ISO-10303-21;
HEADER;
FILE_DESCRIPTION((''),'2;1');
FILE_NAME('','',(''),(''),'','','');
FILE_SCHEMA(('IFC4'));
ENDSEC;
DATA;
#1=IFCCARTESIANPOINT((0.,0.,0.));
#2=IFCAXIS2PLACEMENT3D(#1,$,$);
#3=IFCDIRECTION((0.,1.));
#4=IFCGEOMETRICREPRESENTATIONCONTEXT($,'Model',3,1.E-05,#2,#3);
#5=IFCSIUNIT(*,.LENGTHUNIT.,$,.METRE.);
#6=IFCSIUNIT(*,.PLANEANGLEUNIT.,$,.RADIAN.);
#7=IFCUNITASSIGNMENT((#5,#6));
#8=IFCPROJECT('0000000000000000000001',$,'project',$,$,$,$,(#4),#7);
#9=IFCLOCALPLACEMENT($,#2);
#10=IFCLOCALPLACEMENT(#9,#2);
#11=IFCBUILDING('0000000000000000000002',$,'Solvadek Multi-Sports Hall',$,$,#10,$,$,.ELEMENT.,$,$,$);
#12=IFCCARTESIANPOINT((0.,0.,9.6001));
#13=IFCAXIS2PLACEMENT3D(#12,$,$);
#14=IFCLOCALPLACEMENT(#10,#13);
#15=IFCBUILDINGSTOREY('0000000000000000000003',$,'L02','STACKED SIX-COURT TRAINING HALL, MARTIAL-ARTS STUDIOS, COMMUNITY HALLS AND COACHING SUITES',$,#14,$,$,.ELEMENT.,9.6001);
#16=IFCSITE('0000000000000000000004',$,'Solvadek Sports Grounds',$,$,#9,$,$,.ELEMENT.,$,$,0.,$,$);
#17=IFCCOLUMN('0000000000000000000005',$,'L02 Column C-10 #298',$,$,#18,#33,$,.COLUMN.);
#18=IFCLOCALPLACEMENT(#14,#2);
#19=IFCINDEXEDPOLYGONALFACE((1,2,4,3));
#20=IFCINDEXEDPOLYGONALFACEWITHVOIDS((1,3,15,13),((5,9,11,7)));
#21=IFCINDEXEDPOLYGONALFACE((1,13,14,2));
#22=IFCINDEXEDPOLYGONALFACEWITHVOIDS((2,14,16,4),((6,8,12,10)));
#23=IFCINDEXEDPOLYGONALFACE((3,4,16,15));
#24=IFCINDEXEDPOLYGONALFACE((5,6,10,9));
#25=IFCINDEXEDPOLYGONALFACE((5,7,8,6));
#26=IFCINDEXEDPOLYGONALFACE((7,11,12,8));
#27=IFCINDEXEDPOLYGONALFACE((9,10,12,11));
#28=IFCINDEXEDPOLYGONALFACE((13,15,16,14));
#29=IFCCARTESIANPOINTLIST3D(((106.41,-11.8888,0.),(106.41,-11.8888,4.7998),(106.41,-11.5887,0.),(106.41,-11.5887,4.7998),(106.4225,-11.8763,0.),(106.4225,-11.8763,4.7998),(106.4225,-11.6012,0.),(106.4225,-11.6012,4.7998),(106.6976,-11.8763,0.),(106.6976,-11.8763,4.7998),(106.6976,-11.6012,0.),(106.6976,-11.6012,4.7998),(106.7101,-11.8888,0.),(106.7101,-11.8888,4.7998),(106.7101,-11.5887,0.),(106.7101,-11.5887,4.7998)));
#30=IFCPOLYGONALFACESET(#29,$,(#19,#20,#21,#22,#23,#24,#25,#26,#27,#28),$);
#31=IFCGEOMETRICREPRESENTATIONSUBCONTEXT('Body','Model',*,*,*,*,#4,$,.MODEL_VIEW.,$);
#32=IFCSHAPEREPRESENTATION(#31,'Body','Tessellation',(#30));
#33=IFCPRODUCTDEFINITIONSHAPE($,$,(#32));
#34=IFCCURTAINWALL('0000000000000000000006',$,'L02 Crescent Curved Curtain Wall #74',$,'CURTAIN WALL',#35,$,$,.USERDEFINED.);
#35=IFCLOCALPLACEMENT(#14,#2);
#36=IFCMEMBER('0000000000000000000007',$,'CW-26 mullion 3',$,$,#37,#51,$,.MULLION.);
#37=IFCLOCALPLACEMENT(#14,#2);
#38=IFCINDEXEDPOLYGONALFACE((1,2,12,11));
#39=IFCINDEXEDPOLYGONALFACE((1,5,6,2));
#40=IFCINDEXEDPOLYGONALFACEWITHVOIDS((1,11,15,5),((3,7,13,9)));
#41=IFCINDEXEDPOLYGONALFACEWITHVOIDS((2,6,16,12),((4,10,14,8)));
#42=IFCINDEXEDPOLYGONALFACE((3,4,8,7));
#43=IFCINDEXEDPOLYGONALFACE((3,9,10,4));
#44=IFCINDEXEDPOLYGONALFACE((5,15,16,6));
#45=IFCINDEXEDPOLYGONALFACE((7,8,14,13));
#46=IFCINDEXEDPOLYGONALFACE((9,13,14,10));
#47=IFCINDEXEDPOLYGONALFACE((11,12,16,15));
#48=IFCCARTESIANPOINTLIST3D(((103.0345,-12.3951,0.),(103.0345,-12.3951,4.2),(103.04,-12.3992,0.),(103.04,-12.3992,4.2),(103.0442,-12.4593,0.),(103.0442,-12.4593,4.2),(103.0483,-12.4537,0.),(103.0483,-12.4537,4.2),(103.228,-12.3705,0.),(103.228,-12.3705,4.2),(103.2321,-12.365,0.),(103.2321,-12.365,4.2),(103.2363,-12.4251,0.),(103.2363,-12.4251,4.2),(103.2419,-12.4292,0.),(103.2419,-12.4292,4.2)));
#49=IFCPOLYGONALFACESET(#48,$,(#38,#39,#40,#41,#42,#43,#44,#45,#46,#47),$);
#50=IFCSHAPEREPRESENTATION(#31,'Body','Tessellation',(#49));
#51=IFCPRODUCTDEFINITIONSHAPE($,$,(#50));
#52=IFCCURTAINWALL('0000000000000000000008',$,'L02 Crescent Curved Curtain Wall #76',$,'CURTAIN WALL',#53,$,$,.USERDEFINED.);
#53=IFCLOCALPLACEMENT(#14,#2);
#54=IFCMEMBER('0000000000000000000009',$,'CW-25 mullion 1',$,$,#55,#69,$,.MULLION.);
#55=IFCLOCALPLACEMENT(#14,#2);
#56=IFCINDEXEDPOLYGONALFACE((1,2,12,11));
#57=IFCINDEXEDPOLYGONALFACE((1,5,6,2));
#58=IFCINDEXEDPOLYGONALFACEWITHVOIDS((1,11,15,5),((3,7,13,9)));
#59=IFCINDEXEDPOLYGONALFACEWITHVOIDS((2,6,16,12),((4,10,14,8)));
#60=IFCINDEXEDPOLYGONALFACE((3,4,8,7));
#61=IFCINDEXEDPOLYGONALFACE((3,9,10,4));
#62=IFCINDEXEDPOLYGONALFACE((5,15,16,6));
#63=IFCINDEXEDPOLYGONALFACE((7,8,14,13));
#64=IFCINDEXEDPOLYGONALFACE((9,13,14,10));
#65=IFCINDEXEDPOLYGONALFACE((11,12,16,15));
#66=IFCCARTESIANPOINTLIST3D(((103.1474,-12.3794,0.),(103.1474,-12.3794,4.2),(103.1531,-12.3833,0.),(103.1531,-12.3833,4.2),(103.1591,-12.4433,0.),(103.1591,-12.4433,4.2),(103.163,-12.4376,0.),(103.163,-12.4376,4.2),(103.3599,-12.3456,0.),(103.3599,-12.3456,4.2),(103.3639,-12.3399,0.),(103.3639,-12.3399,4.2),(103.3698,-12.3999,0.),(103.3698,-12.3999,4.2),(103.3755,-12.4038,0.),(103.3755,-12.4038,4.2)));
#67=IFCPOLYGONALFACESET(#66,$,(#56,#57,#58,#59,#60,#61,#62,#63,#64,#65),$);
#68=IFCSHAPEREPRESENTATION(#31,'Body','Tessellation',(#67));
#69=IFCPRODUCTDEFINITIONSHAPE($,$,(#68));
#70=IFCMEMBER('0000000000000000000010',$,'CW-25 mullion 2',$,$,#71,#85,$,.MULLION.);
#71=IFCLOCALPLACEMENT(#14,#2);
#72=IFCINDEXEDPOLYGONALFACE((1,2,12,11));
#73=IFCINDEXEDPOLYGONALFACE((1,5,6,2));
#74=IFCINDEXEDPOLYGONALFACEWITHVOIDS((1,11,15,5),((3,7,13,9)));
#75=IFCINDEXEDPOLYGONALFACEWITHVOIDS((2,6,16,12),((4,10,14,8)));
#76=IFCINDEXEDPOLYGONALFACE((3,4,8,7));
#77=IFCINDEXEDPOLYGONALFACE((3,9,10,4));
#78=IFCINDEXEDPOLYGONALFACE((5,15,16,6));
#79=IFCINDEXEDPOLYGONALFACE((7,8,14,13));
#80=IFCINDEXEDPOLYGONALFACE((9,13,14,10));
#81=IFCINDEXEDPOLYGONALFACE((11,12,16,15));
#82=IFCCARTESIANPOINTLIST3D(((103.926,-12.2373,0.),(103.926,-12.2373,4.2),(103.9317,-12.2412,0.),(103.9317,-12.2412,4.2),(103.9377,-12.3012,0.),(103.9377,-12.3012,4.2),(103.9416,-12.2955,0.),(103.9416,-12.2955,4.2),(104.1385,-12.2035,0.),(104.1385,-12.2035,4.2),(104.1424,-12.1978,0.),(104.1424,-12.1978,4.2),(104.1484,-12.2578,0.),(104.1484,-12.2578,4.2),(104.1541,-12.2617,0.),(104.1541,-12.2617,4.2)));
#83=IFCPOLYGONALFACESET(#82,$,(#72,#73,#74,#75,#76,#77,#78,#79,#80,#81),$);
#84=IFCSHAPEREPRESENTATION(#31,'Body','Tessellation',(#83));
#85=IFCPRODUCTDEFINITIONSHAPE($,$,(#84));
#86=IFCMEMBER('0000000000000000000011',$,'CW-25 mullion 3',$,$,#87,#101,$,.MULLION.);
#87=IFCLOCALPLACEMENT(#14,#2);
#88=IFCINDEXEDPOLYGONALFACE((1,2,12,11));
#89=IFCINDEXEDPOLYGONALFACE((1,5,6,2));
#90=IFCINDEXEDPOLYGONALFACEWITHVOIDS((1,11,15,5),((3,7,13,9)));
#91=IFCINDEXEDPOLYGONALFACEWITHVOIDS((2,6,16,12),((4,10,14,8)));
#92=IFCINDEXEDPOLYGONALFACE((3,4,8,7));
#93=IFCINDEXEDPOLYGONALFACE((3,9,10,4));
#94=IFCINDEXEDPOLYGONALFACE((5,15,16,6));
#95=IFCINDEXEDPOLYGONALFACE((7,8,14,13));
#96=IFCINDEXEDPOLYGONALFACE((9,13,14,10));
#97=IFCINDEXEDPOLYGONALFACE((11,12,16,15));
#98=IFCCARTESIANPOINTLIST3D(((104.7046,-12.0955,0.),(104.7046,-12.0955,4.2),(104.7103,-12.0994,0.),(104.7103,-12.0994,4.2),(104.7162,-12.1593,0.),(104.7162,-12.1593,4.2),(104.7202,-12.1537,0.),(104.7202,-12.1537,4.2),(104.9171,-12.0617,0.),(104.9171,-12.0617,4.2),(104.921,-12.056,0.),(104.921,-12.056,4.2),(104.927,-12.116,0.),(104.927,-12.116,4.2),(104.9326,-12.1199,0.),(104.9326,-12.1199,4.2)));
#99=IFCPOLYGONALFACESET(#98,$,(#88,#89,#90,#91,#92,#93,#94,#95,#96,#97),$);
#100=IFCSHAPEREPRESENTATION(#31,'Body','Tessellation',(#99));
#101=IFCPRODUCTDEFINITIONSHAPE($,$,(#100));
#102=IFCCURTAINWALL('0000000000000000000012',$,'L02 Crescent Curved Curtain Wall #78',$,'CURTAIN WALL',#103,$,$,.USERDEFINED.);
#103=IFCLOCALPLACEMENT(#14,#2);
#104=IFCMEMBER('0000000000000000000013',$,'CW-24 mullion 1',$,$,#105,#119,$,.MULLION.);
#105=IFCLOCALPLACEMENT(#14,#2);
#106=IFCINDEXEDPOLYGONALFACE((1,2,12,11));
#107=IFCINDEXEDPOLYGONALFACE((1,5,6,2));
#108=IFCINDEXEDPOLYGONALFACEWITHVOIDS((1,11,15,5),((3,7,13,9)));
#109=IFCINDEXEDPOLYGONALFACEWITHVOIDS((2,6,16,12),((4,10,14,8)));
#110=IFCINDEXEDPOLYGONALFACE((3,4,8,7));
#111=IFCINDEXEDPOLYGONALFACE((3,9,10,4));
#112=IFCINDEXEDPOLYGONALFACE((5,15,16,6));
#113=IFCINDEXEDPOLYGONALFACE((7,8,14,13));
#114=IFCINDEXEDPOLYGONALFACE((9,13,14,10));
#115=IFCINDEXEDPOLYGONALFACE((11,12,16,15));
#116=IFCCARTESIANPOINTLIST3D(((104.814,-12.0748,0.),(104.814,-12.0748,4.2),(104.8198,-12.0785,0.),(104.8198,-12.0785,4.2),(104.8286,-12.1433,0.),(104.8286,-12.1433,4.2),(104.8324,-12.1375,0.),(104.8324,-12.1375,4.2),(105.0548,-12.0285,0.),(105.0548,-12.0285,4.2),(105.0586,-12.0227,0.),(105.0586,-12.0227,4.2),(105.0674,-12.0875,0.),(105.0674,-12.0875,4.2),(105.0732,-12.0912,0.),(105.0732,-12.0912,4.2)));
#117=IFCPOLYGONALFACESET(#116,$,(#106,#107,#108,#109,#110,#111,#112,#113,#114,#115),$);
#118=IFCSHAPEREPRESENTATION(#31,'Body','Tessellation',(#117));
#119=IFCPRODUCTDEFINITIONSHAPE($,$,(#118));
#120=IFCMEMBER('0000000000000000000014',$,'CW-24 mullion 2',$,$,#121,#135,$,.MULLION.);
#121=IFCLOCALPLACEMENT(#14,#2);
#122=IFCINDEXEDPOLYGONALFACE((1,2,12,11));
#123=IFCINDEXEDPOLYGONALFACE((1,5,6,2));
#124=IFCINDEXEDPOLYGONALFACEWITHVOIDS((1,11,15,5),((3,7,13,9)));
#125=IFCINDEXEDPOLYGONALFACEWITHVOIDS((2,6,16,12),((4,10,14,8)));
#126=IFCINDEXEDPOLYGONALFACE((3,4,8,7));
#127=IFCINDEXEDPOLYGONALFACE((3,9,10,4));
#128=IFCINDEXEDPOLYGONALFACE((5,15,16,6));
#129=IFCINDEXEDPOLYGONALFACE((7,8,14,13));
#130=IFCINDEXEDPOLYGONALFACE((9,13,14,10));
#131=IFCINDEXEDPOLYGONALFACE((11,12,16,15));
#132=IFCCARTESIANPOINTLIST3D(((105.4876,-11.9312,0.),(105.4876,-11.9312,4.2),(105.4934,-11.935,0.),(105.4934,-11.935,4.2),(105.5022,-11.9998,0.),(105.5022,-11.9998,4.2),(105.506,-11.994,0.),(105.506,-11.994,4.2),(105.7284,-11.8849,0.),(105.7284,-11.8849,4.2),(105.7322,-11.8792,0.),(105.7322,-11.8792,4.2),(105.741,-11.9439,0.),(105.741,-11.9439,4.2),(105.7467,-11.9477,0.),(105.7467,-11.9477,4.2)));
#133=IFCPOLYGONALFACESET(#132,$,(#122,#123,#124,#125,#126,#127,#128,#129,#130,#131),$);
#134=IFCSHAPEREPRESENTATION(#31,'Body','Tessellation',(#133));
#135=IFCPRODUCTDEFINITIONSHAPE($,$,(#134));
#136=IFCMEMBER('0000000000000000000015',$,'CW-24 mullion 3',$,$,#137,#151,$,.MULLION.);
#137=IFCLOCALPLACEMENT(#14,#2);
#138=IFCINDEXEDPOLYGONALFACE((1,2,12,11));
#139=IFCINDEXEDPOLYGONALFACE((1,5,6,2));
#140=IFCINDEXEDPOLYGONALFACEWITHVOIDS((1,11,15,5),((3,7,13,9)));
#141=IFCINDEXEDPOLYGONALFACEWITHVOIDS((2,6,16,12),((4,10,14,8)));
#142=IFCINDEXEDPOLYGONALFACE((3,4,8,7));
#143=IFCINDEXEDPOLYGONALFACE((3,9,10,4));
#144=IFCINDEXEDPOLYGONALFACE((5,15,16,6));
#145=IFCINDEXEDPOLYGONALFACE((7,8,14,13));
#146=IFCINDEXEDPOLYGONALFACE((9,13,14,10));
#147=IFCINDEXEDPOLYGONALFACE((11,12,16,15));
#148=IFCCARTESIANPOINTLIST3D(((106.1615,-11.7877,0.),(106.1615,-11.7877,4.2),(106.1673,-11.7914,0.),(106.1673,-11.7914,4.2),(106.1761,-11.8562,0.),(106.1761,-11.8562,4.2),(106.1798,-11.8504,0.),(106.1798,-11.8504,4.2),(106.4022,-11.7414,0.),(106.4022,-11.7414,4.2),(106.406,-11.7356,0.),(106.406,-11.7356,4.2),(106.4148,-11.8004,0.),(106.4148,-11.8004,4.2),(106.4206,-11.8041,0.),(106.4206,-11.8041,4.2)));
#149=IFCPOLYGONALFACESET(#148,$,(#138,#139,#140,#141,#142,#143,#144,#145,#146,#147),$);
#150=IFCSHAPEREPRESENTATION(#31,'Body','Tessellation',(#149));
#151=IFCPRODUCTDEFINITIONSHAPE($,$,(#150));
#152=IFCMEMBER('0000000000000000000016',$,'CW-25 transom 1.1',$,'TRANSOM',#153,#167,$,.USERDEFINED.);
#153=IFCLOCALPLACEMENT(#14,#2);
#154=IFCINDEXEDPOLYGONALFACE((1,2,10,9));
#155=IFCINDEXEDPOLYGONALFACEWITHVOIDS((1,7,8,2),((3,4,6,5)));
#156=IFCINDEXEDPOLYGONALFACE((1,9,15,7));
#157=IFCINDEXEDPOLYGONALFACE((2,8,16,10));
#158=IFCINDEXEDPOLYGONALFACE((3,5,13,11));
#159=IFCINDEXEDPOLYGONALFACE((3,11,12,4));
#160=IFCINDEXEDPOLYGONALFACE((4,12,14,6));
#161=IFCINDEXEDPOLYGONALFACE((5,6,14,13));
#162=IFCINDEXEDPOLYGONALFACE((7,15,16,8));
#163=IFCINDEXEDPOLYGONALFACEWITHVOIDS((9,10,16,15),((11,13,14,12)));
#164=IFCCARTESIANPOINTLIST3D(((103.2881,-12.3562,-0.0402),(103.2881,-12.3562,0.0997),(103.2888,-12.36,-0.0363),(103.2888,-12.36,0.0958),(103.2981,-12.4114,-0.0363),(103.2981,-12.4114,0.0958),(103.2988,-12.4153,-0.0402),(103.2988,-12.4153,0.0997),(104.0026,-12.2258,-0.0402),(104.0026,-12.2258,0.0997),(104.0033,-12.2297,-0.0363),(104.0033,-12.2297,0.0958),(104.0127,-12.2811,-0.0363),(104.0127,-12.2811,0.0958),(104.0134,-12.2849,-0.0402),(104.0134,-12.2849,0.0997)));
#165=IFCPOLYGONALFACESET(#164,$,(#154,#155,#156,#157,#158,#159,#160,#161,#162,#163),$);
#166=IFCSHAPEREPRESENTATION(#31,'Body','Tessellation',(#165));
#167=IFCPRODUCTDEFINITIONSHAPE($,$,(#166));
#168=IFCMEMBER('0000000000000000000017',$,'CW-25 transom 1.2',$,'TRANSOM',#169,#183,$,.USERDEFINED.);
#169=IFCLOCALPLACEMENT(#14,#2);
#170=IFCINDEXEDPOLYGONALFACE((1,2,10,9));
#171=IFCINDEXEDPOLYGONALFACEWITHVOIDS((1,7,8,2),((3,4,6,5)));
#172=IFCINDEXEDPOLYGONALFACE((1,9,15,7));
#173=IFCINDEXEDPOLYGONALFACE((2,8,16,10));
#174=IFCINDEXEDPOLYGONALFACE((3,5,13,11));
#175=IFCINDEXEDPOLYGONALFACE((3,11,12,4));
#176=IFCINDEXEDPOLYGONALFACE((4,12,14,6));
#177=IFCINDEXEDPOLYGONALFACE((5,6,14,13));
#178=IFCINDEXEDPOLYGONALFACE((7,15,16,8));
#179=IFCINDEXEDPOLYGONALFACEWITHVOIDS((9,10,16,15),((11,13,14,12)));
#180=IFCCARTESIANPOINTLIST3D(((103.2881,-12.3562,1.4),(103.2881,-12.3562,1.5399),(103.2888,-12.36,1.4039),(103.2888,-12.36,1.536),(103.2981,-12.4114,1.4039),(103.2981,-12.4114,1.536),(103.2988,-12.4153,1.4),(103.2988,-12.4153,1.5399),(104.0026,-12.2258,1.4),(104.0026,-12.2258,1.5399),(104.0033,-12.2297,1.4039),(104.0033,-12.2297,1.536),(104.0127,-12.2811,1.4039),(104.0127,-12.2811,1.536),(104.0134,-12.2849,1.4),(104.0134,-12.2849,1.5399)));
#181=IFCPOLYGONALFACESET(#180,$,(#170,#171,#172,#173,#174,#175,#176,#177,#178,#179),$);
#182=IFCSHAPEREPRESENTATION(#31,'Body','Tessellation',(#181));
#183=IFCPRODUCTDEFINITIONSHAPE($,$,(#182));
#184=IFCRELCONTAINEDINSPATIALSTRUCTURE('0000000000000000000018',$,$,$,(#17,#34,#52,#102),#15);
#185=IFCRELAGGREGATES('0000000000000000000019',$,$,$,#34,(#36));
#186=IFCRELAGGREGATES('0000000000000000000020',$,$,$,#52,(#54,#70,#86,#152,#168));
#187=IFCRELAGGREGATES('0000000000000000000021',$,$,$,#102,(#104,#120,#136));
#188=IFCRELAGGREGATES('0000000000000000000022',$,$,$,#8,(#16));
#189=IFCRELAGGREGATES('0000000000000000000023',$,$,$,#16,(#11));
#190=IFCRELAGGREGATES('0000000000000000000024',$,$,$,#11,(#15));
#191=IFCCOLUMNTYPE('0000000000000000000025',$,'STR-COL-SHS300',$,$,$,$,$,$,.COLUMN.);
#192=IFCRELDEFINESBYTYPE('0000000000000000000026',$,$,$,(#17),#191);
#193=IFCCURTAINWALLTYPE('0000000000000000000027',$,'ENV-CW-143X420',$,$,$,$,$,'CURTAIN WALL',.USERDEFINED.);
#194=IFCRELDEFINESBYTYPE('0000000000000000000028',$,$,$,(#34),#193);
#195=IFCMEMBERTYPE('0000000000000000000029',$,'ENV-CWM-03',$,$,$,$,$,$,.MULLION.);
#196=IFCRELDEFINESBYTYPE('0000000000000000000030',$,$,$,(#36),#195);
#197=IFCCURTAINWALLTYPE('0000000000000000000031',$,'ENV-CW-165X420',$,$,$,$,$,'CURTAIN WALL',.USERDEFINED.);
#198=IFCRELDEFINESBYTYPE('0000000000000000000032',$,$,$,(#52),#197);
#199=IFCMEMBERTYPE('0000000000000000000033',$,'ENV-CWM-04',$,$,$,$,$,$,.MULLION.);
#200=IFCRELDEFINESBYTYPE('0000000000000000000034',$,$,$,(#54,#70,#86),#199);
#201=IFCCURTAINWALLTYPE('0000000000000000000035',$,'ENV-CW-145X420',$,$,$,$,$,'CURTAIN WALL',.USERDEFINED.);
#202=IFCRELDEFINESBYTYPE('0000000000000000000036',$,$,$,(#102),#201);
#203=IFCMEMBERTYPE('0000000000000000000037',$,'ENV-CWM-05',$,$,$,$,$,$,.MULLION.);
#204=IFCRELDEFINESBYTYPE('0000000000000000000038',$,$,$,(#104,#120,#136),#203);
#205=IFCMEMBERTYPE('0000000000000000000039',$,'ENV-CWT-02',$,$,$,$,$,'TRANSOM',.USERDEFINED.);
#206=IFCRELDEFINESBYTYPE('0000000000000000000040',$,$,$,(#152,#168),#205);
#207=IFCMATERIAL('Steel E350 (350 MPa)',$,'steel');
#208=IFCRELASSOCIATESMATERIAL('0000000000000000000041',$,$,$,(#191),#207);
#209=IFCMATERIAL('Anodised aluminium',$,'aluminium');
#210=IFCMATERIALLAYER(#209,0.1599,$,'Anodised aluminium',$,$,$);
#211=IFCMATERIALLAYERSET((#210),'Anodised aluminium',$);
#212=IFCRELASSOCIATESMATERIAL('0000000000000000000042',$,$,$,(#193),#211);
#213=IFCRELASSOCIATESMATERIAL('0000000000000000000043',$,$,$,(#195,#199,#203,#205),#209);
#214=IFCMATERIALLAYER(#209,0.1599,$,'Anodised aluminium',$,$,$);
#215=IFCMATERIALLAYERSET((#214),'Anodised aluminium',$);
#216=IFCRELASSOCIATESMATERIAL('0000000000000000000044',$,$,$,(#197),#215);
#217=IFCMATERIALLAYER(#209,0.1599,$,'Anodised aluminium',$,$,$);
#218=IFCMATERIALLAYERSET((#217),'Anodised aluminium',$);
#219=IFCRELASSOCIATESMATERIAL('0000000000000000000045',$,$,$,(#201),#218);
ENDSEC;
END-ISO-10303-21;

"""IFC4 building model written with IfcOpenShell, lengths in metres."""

from ifc_helpers import new_model, si_unit, direction, frame, origin, origin_2d, place, context, subcontext, project, spatial, hollow_rectangle, extrude, material, layer, layer_set, material_profile, profile_set, type_object, element, aggregate, save


model = new_model("IFC4")

# Units and contexts
model_context = context("Model", 3, precision=1e-05, world=origin(), true_north=direction((0.0, 1.0)))
body_context = subcontext(model_context, "Body", "Model", "MODEL_VIEW")
ifc_project = project(units=[si_unit("LENGTHUNIT", "METRE"), si_unit("PLANEANGLEUNIT", "RADIAN")], contexts=[model_context])

# Site, building, storey
site_placement = place(None, origin())
site = spatial("IfcSite", under=ifc_project, at=site_placement, Name="Solvadek Sports Grounds", CompositionType="ELEMENT", RefElevation=0.0)
building_placement = place(site_placement, origin())
building = spatial("IfcBuilding", under=site, at=building_placement, Name="Solvadek Multi-Sports Hall", CompositionType="ELEMENT")
storey_placement = place(building_placement, frame((0.0, 0.0, 9.6001)))
storey = spatial("IfcBuildingStorey", under=building, at=storey_placement, Name="L02", Description="STACKED SIX-COURT TRAINING HALL, MARTIAL-ARTS STUDIOS, COMMUNITY HALLS AND COACHING SUITES", CompositionType="ELEMENT", Elevation=9.6001)

# Column
ifc_material_1 = material(Name="Steel E350 (350 MPa)", Category="steel")
ifc_material_profile_1 = material_profile(ifc_material_1, hollow_rectangle(XDim=0.3, YDim=0.3, WallThickness=0.0125, at=origin_2d()), Name="SHS 300x300x12.5")
ifc_profile_set_1 = profile_set([ifc_material_profile_1], Name="Steel E350 (350 MPa)")
column_type = type_object("IfcColumnType", Name="STR-COL-SHS300", PredefinedType="COLUMN", material=ifc_profile_set_1)
column_placement = place(storey_placement, frame((106.5601, -11.7388, 0.0), z_axis=(0.0, 0.0, 1.0), x_axis=(1.0, 0.0, 0.0)))
element("IfcColumn", 1, at=column_placement, inside=storey, type_object=column_type, Name="L02 Column C-10 #298", PredefinedType="COLUMN", context=body_context, shape_type="SweptSolid", body=[
    extrude(hollow_rectangle(XDim=0.3, YDim=0.3, WallThickness=0.0125, at=origin_2d()), origin(), (0.0, 0.0, 1.0), 4.7998),
])

# Curtain wall, member
ifc_material_2 = material(Name="Anodised aluminium", Category="aluminium")
ifc_layer_1 = layer(ifc_material_2, 0.1599, Name="Anodised aluminium")
ifc_layer_set_1 = layer_set([ifc_layer_1], Name="Anodised aluminium")
curtain_wall_type_1 = type_object("IfcCurtainWallType", Name="ENV-CW-143X420", ElementType="CURTAIN WALL", PredefinedType="USERDEFINED", material=ifc_layer_set_1)
curtain_wall_1_placement = place(storey_placement, origin())
curtain_wall_1 = element("IfcCurtainWall", 2, at=curtain_wall_1_placement, inside=storey, type_object=curtain_wall_type_1, Name="L02 Crescent Curved Curtain Wall #74", ObjectType="CURTAIN WALL", PredefinedType="USERDEFINED")
ifc_material_profile_2 = material_profile(ifc_material_2, hollow_rectangle(XDim=0.0649, YDim=0.2, WallThickness=0.0049, at=origin_2d()), Name="ALU-M 200x65x5")
ifc_profile_set_2 = profile_set([ifc_material_profile_2], Name="Anodised aluminium")
member_type_1 = type_object("IfcMemberType", Name="ENV-CWM-03", PredefinedType="MULLION", material=ifc_profile_set_2)
member_1_placement = place(storey_placement, frame((103.1382, -12.4121, 0.0), z_axis=(0.0, 0.0, 1.0), x_axis=(-0.150564, 0.9886, 0.0)))
member_1 = element("IfcMember", 3, at=member_1_placement, type_object=member_type_1, Name="CW-26 mullion 3", PredefinedType="MULLION", context=body_context, shape_type="SweptSolid", body=[
    extrude(hollow_rectangle(XDim=0.0649, YDim=0.2, WallThickness=0.0049, at=origin_2d()), origin(), (0.0, 0.0, 1.0), 4.2),
])
aggregate(curtain_wall_1, [member_1])

# Curtain walls, members
ifc_layer_2 = layer(ifc_material_2, 0.1599, Name="Anodised aluminium")
ifc_layer_set_2 = layer_set([ifc_layer_2], Name="Anodised aluminium")
curtain_wall_type_2 = type_object("IfcCurtainWallType", Name="ENV-CW-165X420", ElementType="CURTAIN WALL", PredefinedType="USERDEFINED", material=ifc_layer_set_2)
curtain_wall_2_placement = place(storey_placement, origin())
curtain_wall_2 = element("IfcCurtainWall", 4, at=curtain_wall_2_placement, inside=storey, type_object=curtain_wall_type_2, Name="L02 Crescent Curved Curtain Wall #76", ObjectType="CURTAIN WALL", PredefinedType="USERDEFINED")
ifc_material_profile_3 = material_profile(ifc_material_2, hollow_rectangle(XDim=0.0649, YDim=0.22, WallThickness=0.0049, at=origin_2d()), Name="ALU-M 220x65x5")
ifc_profile_set_3 = profile_set([ifc_material_profile_3], Name="Anodised aluminium")
member_type_2 = type_object("IfcMemberType", Name="ENV-CWM-04", PredefinedType="MULLION", material=ifc_profile_set_3)
member_2_placement = place(storey_placement, frame((103.2615, -12.3916, 0.0), z_axis=(0.0, 0.0, 1.0), x_axis=(-0.179398, 0.983777, 0.0)))
member_2 = element("IfcMember", 5, at=member_2_placement, type_object=member_type_2, Name="CW-25 mullion 1", PredefinedType="MULLION", context=body_context, shape_type="SweptSolid", body=[
    extrude(hollow_rectangle(XDim=0.0649, YDim=0.22, WallThickness=0.0049, at=origin_2d()), origin(), (0.0, 0.0, 1.0), 4.2),
])
member_3_placement = place(storey_placement, frame((104.04, -12.2495, 0.0), z_axis=(0.0, 0.0, 1.0), x_axis=(-0.179398, 0.983777, 0.0)))
member_3 = element("IfcMember", 6, at=member_3_placement, type_object=member_type_2, Name="CW-25 mullion 2", PredefinedType="MULLION", context=body_context, shape_type="SweptSolid", body=[
    extrude(hollow_rectangle(XDim=0.0649, YDim=0.22, WallThickness=0.0049, at=origin_2d()), origin(), (0.0, 0.0, 1.0), 4.2),
])
member_4_placement = place(storey_placement, frame((104.8186, -12.1077, 0.0), z_axis=(0.0, 0.0, 1.0), x_axis=(-0.179398, 0.983777, 0.0)))
member_4 = element("IfcMember", 7, at=member_4_placement, type_object=member_type_2, Name="CW-25 mullion 3", PredefinedType="MULLION", context=body_context, shape_type="SweptSolid", body=[
    extrude(hollow_rectangle(XDim=0.0649, YDim=0.22, WallThickness=0.0049, at=origin_2d()), origin(), (0.0, 0.0, 1.0), 4.2),
])
ifc_layer_3 = layer(ifc_material_2, 0.1599, Name="Anodised aluminium")
ifc_layer_set_3 = layer_set([ifc_layer_3], Name="Anodised aluminium")
curtain_wall_type_3 = type_object("IfcCurtainWallType", Name="ENV-CW-145X420", ElementType="CURTAIN WALL", PredefinedType="USERDEFINED", material=ifc_layer_set_3)
curtain_wall_3_placement = place(storey_placement, origin())
curtain_wall_3 = element("IfcCurtainWall", 8, at=curtain_wall_3_placement, inside=storey, type_object=curtain_wall_type_3, Name="L02 Crescent Curved Curtain Wall #78", ObjectType="CURTAIN WALL", PredefinedType="USERDEFINED")
ifc_material_profile_4 = material_profile(ifc_material_2, hollow_rectangle(XDim=0.0701, YDim=0.25, WallThickness=0.0049, at=origin_2d()), Name="ALU-M 250x70x5")
ifc_profile_set_4 = profile_set([ifc_material_profile_4], Name="Anodised aluminium")
member_type_3 = type_object("IfcMemberType", Name="ENV-CWM-05", PredefinedType="MULLION", material=ifc_profile_set_4)
member_5_placement = place(storey_placement, frame((104.9436, -12.083, 0.0), z_axis=(0.0, 0.0, 1.0), x_axis=(-0.208255, 0.978075, 0.0)))
member_5 = element("IfcMember", 9, at=member_5_placement, type_object=member_type_3, Name="CW-24 mullion 1", PredefinedType="MULLION", context=body_context, shape_type="SweptSolid", body=[
    extrude(hollow_rectangle(XDim=0.0701, YDim=0.25, WallThickness=0.0049, at=origin_2d()), origin(), (0.0, 0.0, 1.0), 4.2),
])
member_6_placement = place(storey_placement, frame((105.6172, -11.9395, 0.0), z_axis=(0.0, 0.0, 1.0), x_axis=(-0.208255, 0.978075, 0.0)))
member_6 = element("IfcMember", 10, at=member_6_placement, type_object=member_type_3, Name="CW-24 mullion 2", PredefinedType="MULLION", context=body_context, shape_type="SweptSolid", body=[
    extrude(hollow_rectangle(XDim=0.0701, YDim=0.25, WallThickness=0.0049, at=origin_2d()), origin(), (0.0, 0.0, 1.0), 4.2),
])
member_7_placement = place(storey_placement, frame((106.291, -11.7959, 0.0), z_axis=(0.0, 0.0, 1.0), x_axis=(-0.208255, 0.978075, 0.0)))
member_7 = element("IfcMember", 11, at=member_7_placement, type_object=member_type_3, Name="CW-24 mullion 3", PredefinedType="MULLION", context=body_context, shape_type="SweptSolid", body=[
    extrude(hollow_rectangle(XDim=0.0701, YDim=0.25, WallThickness=0.0049, at=origin_2d()), origin(), (0.0, 0.0, 1.0), 4.2),
])

# Members
ifc_material_profile_5 = material_profile(ifc_material_2, hollow_rectangle(XDim=0.0601, YDim=0.1399, WallThickness=0.0039, at=origin_2d()), Name="ALU-T 140x60x4")
ifc_profile_set_5 = profile_set([ifc_material_profile_5], Name="Anodised aluminium")
member_type_4 = type_object("IfcMemberType", Name="ENV-CWT-02", ElementType="TRANSOM", PredefinedType="USERDEFINED", material=ifc_profile_set_5)
member_8_placement = place(storey_placement, frame((103.2935, -12.3857, 0.0298), z_axis=(0.983762, 0.179477, 0.0), x_axis=(-0.179477, 0.983762, 0.0)))
member_8 = element("IfcMember", 12, at=member_8_placement, type_object=member_type_4, Name="CW-25 transom 1.1", ObjectType="TRANSOM", PredefinedType="USERDEFINED", context=body_context, shape_type="SweptSolid", body=[
    extrude(hollow_rectangle(XDim=0.0601, YDim=0.1399, WallThickness=0.0039, at=origin_2d()), origin(), (0.0, 0.0, 1.0), 0.7263),
])
member_9_placement = place(storey_placement, frame((103.2935, -12.3857, 1.47), z_axis=(0.983762, 0.179477, 0.0), x_axis=(-0.179477, 0.983762, 0.0)))
member_9 = element("IfcMember", 13, at=member_9_placement, type_object=member_type_4, Name="CW-25 transom 1.2", ObjectType="TRANSOM", PredefinedType="USERDEFINED", context=body_context, shape_type="SweptSolid", body=[
    extrude(hollow_rectangle(XDim=0.0601, YDim=0.1399, WallThickness=0.0039, at=origin_2d()), origin(), (0.0, 0.0, 1.0), 0.7263),
])

aggregate(curtain_wall_2, [member_2, member_3, member_4, member_8, member_9])
aggregate(curtain_wall_3, [member_5, member_6, member_7])

save(model, "model.ifc")
